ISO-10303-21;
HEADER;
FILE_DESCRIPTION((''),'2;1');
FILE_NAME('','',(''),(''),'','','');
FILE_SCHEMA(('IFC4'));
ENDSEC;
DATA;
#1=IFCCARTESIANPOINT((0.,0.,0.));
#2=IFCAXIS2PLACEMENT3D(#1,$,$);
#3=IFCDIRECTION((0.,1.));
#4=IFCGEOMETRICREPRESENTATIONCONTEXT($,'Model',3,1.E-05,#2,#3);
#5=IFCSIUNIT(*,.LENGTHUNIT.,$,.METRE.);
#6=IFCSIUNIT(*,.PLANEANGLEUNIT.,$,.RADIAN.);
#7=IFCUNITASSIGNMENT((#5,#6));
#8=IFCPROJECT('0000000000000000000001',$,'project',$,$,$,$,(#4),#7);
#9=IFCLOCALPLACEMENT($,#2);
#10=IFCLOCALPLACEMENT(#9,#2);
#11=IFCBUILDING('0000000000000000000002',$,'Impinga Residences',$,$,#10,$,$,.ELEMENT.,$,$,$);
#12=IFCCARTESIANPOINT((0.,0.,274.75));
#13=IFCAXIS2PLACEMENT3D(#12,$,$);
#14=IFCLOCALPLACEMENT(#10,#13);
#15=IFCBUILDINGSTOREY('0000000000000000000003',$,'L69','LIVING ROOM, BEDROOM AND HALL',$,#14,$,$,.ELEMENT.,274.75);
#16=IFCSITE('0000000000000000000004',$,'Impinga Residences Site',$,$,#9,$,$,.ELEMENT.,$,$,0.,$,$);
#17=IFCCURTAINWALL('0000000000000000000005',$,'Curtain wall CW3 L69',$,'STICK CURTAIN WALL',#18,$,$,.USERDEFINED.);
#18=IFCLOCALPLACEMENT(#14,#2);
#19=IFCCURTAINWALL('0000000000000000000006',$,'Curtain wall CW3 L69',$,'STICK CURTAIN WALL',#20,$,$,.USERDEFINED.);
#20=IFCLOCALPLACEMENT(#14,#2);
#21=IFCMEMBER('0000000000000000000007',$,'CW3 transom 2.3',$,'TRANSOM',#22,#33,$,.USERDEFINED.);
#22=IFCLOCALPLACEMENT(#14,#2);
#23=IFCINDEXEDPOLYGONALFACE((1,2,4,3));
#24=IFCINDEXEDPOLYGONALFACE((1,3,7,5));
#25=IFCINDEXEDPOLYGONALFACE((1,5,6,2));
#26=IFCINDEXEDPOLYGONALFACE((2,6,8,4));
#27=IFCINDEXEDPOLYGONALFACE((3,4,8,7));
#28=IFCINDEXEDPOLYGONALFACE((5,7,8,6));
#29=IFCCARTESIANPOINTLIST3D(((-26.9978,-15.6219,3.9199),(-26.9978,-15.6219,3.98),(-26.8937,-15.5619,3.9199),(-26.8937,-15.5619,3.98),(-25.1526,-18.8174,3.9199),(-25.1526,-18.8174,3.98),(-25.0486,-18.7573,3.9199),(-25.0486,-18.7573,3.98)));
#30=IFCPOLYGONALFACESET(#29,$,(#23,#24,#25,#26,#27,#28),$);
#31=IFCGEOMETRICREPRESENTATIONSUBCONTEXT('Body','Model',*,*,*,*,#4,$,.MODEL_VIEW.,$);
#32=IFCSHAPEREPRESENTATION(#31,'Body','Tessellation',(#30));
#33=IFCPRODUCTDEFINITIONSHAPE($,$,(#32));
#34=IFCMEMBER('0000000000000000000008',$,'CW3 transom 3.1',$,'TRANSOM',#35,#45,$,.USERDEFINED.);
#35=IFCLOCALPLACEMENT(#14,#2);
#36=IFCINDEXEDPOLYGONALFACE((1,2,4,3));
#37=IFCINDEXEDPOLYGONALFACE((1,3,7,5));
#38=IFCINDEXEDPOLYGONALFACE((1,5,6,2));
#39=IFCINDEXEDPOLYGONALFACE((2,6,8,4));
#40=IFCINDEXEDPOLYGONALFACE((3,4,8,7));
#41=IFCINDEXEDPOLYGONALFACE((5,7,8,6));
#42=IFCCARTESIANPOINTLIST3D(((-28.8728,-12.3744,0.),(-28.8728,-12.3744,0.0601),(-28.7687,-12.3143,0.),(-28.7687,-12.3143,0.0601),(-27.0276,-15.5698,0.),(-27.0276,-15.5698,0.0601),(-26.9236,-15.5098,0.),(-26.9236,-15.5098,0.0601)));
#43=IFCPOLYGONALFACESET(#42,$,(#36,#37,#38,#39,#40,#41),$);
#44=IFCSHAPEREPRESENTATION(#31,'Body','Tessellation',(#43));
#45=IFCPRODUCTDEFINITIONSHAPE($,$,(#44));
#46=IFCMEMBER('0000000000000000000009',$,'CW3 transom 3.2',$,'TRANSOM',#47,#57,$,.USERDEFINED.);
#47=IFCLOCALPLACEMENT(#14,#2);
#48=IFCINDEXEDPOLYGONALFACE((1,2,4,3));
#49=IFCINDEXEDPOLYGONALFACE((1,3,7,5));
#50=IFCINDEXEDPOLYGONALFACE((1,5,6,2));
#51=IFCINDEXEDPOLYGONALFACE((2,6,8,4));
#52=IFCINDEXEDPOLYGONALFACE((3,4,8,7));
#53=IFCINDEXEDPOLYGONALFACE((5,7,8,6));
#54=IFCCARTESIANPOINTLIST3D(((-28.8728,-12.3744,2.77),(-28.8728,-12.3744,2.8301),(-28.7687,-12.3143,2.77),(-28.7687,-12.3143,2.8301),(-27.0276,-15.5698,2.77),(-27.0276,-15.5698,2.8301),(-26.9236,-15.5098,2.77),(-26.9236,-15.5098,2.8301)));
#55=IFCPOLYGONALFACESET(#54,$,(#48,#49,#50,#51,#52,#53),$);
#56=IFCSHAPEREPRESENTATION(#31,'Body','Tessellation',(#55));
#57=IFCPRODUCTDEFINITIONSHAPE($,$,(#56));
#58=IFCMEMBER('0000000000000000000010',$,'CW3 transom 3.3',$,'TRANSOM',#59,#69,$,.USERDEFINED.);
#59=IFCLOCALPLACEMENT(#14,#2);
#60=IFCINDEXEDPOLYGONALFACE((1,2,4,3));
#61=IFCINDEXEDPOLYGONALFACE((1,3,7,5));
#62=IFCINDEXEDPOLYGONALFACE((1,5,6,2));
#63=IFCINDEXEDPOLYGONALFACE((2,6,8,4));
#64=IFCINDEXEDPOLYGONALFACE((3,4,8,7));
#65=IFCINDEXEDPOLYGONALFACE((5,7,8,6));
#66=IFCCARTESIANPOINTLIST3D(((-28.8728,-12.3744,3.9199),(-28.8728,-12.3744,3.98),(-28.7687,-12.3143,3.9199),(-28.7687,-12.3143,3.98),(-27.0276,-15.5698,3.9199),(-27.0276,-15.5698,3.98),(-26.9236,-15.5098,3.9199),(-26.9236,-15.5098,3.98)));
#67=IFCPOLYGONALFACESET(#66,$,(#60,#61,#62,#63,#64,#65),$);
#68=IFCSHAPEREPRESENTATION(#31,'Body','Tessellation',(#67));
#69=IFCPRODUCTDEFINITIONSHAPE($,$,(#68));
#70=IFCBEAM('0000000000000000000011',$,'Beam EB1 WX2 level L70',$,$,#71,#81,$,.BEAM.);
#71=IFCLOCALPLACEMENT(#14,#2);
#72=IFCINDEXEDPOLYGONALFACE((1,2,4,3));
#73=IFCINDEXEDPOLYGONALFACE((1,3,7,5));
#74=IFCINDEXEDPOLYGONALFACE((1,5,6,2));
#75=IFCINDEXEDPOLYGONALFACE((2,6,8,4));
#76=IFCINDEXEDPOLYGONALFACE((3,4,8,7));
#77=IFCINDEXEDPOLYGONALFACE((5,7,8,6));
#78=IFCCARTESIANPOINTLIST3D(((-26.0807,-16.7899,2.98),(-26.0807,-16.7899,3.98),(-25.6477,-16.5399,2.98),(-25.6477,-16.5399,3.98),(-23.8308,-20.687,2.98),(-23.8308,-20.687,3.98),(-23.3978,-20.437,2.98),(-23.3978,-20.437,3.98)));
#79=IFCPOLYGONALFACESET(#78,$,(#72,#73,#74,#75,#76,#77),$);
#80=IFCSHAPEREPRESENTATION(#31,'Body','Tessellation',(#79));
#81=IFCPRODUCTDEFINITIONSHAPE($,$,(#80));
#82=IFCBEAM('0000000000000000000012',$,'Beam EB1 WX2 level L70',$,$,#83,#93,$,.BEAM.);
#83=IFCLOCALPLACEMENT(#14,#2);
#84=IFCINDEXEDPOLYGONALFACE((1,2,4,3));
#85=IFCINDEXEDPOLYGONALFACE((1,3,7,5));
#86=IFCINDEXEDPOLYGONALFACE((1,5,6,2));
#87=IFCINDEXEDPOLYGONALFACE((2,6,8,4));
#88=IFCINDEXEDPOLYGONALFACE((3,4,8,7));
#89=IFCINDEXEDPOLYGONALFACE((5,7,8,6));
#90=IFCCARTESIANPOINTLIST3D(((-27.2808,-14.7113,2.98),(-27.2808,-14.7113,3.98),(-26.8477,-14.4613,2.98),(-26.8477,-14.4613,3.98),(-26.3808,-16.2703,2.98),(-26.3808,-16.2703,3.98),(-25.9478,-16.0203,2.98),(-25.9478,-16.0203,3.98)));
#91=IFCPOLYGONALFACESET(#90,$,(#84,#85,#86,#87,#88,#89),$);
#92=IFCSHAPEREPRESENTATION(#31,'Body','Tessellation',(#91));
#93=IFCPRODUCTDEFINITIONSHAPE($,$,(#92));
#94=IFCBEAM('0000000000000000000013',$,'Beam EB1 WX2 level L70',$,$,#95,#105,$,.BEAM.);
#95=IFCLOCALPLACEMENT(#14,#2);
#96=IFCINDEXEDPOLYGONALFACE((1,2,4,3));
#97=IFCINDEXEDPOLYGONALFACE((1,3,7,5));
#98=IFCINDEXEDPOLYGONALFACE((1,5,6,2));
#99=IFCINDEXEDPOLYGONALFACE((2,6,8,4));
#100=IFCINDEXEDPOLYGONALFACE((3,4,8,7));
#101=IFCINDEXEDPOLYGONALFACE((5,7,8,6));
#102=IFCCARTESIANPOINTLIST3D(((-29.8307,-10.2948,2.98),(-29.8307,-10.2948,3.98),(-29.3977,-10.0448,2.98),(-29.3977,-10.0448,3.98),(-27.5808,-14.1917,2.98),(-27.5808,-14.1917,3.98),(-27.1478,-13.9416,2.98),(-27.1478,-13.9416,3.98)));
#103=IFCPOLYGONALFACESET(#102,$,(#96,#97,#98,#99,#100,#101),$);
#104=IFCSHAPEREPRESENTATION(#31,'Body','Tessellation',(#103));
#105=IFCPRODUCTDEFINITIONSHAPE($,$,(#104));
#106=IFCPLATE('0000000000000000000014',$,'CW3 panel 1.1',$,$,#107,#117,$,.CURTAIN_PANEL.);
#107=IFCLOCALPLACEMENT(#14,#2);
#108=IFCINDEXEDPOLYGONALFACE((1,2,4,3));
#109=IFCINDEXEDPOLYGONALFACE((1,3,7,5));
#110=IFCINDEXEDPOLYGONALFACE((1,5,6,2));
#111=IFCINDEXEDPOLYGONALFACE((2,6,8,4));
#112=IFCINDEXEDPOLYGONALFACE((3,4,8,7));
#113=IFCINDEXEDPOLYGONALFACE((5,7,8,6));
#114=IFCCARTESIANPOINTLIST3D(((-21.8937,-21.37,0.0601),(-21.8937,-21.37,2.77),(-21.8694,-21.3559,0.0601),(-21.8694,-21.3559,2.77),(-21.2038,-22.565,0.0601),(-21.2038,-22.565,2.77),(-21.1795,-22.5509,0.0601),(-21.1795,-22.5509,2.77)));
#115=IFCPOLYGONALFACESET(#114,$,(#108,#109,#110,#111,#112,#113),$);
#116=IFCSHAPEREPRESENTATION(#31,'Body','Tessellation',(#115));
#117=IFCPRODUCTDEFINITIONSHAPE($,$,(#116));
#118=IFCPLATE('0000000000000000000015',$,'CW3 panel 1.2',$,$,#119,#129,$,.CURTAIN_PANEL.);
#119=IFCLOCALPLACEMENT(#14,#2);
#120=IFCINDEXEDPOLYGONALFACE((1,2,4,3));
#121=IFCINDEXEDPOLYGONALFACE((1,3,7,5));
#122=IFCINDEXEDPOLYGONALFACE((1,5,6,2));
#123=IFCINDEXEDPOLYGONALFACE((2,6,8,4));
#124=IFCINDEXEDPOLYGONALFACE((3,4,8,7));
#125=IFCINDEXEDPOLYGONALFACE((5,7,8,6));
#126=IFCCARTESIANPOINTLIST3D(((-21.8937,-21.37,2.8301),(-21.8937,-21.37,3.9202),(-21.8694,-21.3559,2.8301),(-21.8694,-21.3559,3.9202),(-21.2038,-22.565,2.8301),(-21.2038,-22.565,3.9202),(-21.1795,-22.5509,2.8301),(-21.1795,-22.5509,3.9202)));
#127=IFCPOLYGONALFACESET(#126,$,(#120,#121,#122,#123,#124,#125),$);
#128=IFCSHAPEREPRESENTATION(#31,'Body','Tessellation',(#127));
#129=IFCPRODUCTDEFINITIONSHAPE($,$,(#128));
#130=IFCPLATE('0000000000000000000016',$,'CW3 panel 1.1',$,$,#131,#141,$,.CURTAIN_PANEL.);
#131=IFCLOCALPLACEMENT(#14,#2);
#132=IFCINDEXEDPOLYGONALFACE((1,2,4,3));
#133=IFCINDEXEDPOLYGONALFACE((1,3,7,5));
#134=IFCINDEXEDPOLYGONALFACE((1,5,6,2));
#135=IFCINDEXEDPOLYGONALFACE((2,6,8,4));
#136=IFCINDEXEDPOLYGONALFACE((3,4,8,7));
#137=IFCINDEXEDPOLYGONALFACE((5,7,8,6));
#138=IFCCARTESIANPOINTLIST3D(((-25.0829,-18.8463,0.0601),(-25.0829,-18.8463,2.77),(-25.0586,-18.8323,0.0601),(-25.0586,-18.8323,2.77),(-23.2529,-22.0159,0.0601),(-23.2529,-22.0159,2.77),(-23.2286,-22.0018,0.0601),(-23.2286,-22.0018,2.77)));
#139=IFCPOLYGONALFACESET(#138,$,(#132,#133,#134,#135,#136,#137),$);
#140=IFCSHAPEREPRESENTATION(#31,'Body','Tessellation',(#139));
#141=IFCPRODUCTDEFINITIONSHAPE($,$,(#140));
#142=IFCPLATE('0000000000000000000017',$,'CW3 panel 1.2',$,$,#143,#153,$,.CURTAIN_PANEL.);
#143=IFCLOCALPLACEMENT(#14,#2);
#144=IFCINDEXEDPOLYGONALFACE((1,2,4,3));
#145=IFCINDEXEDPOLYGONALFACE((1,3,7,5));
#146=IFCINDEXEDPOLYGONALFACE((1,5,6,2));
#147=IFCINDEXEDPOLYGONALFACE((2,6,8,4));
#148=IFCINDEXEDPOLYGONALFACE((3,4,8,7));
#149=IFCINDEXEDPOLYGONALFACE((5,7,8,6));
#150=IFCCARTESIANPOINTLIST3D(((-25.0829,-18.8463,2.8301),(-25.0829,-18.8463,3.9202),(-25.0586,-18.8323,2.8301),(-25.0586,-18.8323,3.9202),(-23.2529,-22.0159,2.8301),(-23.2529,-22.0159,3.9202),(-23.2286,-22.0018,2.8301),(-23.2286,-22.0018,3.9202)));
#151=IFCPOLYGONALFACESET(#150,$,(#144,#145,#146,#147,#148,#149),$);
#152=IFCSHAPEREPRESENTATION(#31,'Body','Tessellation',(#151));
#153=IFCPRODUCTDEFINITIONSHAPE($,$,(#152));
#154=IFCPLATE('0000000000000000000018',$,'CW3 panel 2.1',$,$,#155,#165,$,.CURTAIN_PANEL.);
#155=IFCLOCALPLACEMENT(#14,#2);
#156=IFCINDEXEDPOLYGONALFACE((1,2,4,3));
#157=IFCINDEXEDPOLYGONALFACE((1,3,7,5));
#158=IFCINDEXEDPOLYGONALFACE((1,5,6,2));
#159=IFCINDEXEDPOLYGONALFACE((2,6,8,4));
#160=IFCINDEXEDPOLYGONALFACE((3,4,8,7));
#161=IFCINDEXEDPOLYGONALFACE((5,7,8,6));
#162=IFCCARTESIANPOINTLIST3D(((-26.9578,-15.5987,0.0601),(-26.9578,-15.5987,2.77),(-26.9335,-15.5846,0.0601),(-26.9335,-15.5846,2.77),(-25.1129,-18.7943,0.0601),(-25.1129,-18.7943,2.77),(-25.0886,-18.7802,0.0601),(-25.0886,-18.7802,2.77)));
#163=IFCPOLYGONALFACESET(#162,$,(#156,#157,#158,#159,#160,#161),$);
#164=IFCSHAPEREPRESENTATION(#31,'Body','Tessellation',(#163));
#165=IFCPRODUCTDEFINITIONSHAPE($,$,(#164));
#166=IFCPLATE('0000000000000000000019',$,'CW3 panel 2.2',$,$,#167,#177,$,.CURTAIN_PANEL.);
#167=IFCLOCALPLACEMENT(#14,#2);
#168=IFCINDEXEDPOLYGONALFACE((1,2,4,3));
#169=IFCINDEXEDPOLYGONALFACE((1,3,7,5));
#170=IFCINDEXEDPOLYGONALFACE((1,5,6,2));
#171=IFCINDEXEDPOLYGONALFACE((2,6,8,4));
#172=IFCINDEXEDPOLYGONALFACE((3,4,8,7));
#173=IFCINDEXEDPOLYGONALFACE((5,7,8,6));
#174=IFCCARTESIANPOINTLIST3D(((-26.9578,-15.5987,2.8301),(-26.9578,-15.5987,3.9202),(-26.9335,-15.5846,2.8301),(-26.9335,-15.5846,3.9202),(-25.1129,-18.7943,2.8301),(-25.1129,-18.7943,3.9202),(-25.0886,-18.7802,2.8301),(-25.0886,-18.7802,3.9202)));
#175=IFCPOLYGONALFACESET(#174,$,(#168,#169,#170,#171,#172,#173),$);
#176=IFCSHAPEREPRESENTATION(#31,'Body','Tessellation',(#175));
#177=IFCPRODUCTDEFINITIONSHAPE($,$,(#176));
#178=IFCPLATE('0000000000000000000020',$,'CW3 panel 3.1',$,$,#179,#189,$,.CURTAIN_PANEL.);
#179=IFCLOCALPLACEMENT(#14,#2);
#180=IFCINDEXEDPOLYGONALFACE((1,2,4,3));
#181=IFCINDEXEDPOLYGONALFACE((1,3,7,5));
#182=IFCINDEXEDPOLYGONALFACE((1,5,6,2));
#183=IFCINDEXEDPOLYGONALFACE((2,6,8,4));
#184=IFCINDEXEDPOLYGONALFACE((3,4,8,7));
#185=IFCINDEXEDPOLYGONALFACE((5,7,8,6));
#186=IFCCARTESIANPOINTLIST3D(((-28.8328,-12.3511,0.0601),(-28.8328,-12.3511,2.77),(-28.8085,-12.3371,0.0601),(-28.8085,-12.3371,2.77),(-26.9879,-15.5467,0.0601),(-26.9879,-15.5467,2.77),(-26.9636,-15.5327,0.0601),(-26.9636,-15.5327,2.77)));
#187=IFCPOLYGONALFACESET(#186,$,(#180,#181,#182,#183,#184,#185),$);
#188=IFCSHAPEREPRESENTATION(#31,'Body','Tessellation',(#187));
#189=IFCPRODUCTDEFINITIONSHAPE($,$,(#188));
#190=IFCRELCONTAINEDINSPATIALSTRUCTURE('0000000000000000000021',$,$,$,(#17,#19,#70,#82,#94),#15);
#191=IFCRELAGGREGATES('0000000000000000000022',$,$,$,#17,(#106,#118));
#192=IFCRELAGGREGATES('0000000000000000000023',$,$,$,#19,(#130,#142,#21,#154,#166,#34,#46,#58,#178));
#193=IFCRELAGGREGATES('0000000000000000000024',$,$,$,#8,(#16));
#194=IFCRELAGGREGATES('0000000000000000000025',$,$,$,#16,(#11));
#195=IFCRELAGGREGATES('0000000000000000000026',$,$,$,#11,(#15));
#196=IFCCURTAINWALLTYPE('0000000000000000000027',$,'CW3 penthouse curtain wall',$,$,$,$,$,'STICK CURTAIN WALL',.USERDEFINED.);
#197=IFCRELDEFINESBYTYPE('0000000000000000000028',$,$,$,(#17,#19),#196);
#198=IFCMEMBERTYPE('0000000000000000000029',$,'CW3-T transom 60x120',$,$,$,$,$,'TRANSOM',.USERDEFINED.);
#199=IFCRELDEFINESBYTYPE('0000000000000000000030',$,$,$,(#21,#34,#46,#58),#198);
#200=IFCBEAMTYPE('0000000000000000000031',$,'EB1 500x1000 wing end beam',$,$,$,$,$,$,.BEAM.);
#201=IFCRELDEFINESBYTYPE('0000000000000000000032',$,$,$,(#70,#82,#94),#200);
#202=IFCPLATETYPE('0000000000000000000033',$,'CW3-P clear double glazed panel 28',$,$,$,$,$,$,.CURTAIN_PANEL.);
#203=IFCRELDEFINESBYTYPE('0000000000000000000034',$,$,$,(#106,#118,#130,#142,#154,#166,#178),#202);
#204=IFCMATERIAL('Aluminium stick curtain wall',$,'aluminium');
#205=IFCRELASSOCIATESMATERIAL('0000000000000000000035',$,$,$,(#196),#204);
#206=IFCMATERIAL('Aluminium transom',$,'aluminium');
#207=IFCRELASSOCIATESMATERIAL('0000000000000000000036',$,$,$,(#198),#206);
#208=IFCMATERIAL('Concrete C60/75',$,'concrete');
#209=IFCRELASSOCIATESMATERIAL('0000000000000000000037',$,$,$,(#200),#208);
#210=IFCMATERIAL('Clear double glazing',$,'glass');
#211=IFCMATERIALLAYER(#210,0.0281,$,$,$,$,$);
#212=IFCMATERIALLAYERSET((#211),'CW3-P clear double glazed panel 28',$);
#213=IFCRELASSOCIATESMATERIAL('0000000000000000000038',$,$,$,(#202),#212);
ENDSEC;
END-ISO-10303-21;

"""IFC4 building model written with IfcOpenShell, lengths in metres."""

from ifc_helpers import new_model, si_unit, direction, frame, origin, origin_2d, place, context, subcontext, project, spatial, rectangle, extrude, material, layer, layer_set, material_profile, profile_set, type_object, element, aggregate, save


model = new_model("IFC4")

# Units and contexts
model_context = context("Model", 3, precision=1e-05, world=origin(), true_north=direction((0.0, 1.0)))
body_context = subcontext(model_context, "Body", "Model", "MODEL_VIEW")
ifc_project = project(units=[si_unit("LENGTHUNIT", "METRE"), si_unit("PLANEANGLEUNIT", "RADIAN")], contexts=[model_context])

# Site, building, storey
site_placement = place(None, origin())
site = spatial("IfcSite", under=ifc_project, at=site_placement, Name="Impinga Residences Site", CompositionType="ELEMENT", RefElevation=0.0)
building_placement = place(site_placement, origin())
building = spatial("IfcBuilding", under=site, at=building_placement, Name="Impinga Residences", CompositionType="ELEMENT")
storey_placement = place(building_placement, frame((0.0, 0.0, 274.75)))
storey = spatial("IfcBuildingStorey", under=building, at=storey_placement, Name="L69", Description="LIVING ROOM, BEDROOM AND HALL", CompositionType="ELEMENT", Elevation=274.75)

# Shared definitions
ifc_material_1 = material(Name="Concrete C60/75", Category="concrete")

# Curtain walls
ifc_material_2 = material(Name="Aluminium stick curtain wall", Category="aluminium")
curtain_wall_type = type_object("IfcCurtainWallType", Name="CW3 penthouse curtain wall", ElementType="STICK CURTAIN WALL", PredefinedType="USERDEFINED", material=ifc_material_2)
curtain_wall_1_placement = place(storey_placement, origin())
curtain_wall_1 = element("IfcCurtainWall", 1, at=curtain_wall_1_placement, inside=storey, type_object=curtain_wall_type, Name="Curtain wall CW3 L69", ObjectType="STICK CURTAIN WALL", PredefinedType="USERDEFINED")
curtain_wall_2_placement = place(storey_placement, origin())
curtain_wall_2 = element("IfcCurtainWall", 2, at=curtain_wall_2_placement, inside=storey, type_object=curtain_wall_type, Name="Curtain wall CW3 L69", ObjectType="STICK CURTAIN WALL", PredefinedType="USERDEFINED")

# Members
ifc_material_3 = material(Name="Aluminium transom", Category="aluminium")
ifc_material_profile_1 = material_profile(ifc_material_3, rectangle(XDim=0.0601, YDim=0.1201, at=origin_2d()), Name="60x120 transom")
ifc_profile_set_1 = profile_set([ifc_material_profile_1], Name="Aluminium transom")
member_type_1 = type_object("IfcMemberType", Name="CW3-T transom 60x120", ElementType="TRANSOM", PredefinedType="USERDEFINED", material=ifc_profile_set_1)
member_1_placement = place(storey_placement, frame((-25.1006, -18.7874, 3.95), z_axis=(-0.500053, 0.865995, 0.0), x_axis=(0.0, 0.0, 1.0)))
member_1 = element("IfcMember", 3, at=member_1_placement, type_object=member_type_1, Name="CW3 transom 2.3", ObjectType="TRANSOM", PredefinedType="USERDEFINED", context=body_context, shape_type="SweptSolid", body=[
    extrude(rectangle(XDim=0.0601, YDim=0.1201, at=origin_2d()), origin(), (0.0, 0.0, 1.0), 3.6899),
])
member_2_placement = place(storey_placement, frame((-26.9756, -15.5398, 0.03), z_axis=(-0.500053, 0.865995, 0.0), x_axis=(0.0, 0.0, 1.0)))
member_2 = element("IfcMember", 4, at=member_2_placement, type_object=member_type_1, Name="CW3 transom 3.1", ObjectType="TRANSOM", PredefinedType="USERDEFINED", context=body_context, shape_type="SweptSolid", body=[
    extrude(rectangle(XDim=0.0601, YDim=0.1201, at=origin_2d()), origin(), (0.0, 0.0, 1.0), 3.6899),
])
member_3_placement = place(storey_placement, frame((-26.9756, -15.5398, 2.8), z_axis=(-0.500053, 0.865995, 0.0), x_axis=(0.0, 0.0, 1.0)))
member_3 = element("IfcMember", 5, at=member_3_placement, type_object=member_type_1, Name="CW3 transom 3.2", ObjectType="TRANSOM", PredefinedType="USERDEFINED", context=body_context, shape_type="SweptSolid", body=[
    extrude(rectangle(XDim=0.0601, YDim=0.1201, at=origin_2d()), origin(), (0.0, 0.0, 1.0), 3.6899),
])
member_4_placement = place(storey_placement, frame((-26.9756, -15.5398, 3.95), z_axis=(-0.500053, 0.865995, 0.0), x_axis=(0.0, 0.0, 1.0)))
member_4 = element("IfcMember", 6, at=member_4_placement, type_object=member_type_1, Name="CW3 transom 3.3", ObjectType="TRANSOM", PredefinedType="USERDEFINED", context=body_context, shape_type="SweptSolid", body=[
    extrude(rectangle(XDim=0.0601, YDim=0.1201, at=origin_2d()), origin(), (0.0, 0.0, 1.0), 3.6899),
])

# Beams
ifc_material_profile_2 = material_profile(ifc_material_1, rectangle(XDim=0.5, YDim=1.0, at=origin_2d()), Name="RC 500x1000")
ifc_profile_set_2 = profile_set([ifc_material_profile_2], Name="Concrete C60/75")
beam_type_1 = type_object("IfcBeamType", Name="EB1 500x1000 wing end beam", PredefinedType="BEAM", material=ifc_profile_set_2)
beam_1_placement = place(storey_placement, frame((-23.6143, -20.562, 3.48), z_axis=(-0.49999, 0.866031, 0.0), x_axis=(-0.866031, -0.49999, 0.0)))
element("IfcBeam", 7, at=beam_1_placement, inside=storey, type_object=beam_type_1, Name="Beam EB1 WX2 level L70", PredefinedType="BEAM", context=body_context, shape_type="SweptSolid", body=[
    extrude(rectangle(XDim=0.5, YDim=1.0, at=origin_2d()), origin(), (0.0, 0.0, 1.0), 4.5),
])
beam_2_placement = place(storey_placement, frame((-26.1643, -16.1453, 3.48), z_axis=(-0.499961, 0.866048, 0.0), x_axis=(-0.866048, -0.499961, 0.0)))
element("IfcBeam", 8, at=beam_2_placement, inside=storey, type_object=beam_type_1, Name="Beam EB1 WX2 level L70", PredefinedType="BEAM", context=body_context, shape_type="SweptSolid", body=[
    extrude(rectangle(XDim=0.5, YDim=1.0, at=origin_2d()), origin(), (0.0, 0.0, 1.0), 1.8),
])
beam_3_placement = place(storey_placement, frame((-27.3643, -14.0667, 3.48), z_axis=(-0.500014, 0.866018, 0.0), x_axis=(-0.866018, -0.500014, 0.0)))
element("IfcBeam", 9, at=beam_3_placement, inside=storey, type_object=beam_type_1, Name="Beam EB1 WX2 level L70", PredefinedType="BEAM", context=body_context, shape_type="SweptSolid", body=[
    extrude(rectangle(XDim=0.5, YDim=1.0, at=origin_2d()), origin(), (0.0, 0.0, 1.0), 4.4998),
])

# Plates
ifc_material_4 = material(Name="Clear double glazing", Category="glass")
ifc_layer_1 = layer(ifc_material_4, 0.0281)
ifc_layer_set_1 = layer_set([ifc_layer_1], Name="CW3-P clear double glazed panel 28")
plate_type = type_object("IfcPlateType", Name="CW3-P clear double glazed panel 28", PredefinedType="CURTAIN_PANEL", material=ifc_layer_set_1)
plate_1_placement = place(storey_placement, frame((-21.5366, -21.9604, 0.0601), z_axis=(0.0, 0.0, 1.0), x_axis=(-0.5, 0.866025, 0.0)))
plate_1 = element("IfcPlate", 10, at=plate_1_placement, type_object=plate_type, Name="CW3 panel 1.1", PredefinedType="CURTAIN_PANEL", context=body_context, shape_type="SweptSolid", body=[
    extrude(rectangle(XDim=1.3799, YDim=0.0281, at=origin_2d()), origin(), (0.0, 0.0, 1.0), 2.71),
])
plate_2_placement = place(storey_placement, frame((-21.5366, -21.9604, 2.8301), z_axis=(0.0, 0.0, 1.0), x_axis=(-0.5, 0.866025, 0.0)))
plate_2 = element("IfcPlate", 11, at=plate_2_placement, type_object=plate_type, Name="CW3 panel 1.2", PredefinedType="CURTAIN_PANEL", context=body_context, shape_type="SweptSolid", body=[
    extrude(rectangle(XDim=1.3799, YDim=0.0281, at=origin_2d()), origin(), (0.0, 0.0, 1.0), 1.0901),
])
aggregate(curtain_wall_1, [plate_1, plate_2])
plate_3_placement = place(storey_placement, frame((-24.1558, -20.4241, 0.0601), z_axis=(0.0, 0.0, 1.0), x_axis=(-0.5, 0.866025, 0.0)))
plate_3 = element("IfcPlate", 12, at=plate_3_placement, type_object=plate_type, Name="CW3 panel 1.1", PredefinedType="CURTAIN_PANEL", context=body_context, shape_type="SweptSolid", body=[
    extrude(rectangle(XDim=3.6599, YDim=0.0281, at=origin_2d()), origin(), (0.0, 0.0, 1.0), 2.71),
])
plate_4_placement = place(storey_placement, frame((-24.1558, -20.4241, 2.8301), z_axis=(0.0, 0.0, 1.0), x_axis=(-0.5, 0.866025, 0.0)))
plate_4 = element("IfcPlate", 13, at=plate_4_placement, type_object=plate_type, Name="CW3 panel 1.2", PredefinedType="CURTAIN_PANEL", context=body_context, shape_type="SweptSolid", body=[
    extrude(rectangle(XDim=3.6599, YDim=0.0281, at=origin_2d()), origin(), (0.0, 0.0, 1.0), 1.0901),
])
plate_5_placement = place(storey_placement, frame((-26.0232, -17.1895, 0.0601), z_axis=(0.0, 0.0, 1.0), x_axis=(-0.5, 0.866025, 0.0)))
plate_5 = element("IfcPlate", 14, at=plate_5_placement, type_object=plate_type, Name="CW3 panel 2.1", PredefinedType="CURTAIN_PANEL", context=body_context, shape_type="SweptSolid", body=[
    extrude(rectangle(XDim=3.6899, YDim=0.0281, at=origin_2d()), origin(), (0.0, 0.0, 1.0), 2.71),
])
plate_6_placement = place(storey_placement, frame((-26.0232, -17.1895, 2.8301), z_axis=(0.0, 0.0, 1.0), x_axis=(-0.5, 0.866025, 0.0)))
plate_6 = element("IfcPlate", 15, at=plate_6_placement, type_object=plate_type, Name="CW3 panel 2.2", PredefinedType="CURTAIN_PANEL", context=body_context, shape_type="SweptSolid", body=[
    extrude(rectangle(XDim=3.6899, YDim=0.0281, at=origin_2d()), origin(), (0.0, 0.0, 1.0), 1.0901),
])
plate_7_placement = place(storey_placement, frame((-27.8982, -13.9419, 0.0601), z_axis=(0.0, 0.0, 1.0), x_axis=(-0.5, 0.866025, 0.0)))
plate_7 = element("IfcPlate", 16, at=plate_7_placement, type_object=plate_type, Name="CW3 panel 3.1", PredefinedType="CURTAIN_PANEL", context=body_context, shape_type="SweptSolid", body=[
    extrude(rectangle(XDim=3.6899, YDim=0.0281, at=origin_2d()), origin(), (0.0, 0.0, 1.0), 2.71),
])
aggregate(curtain_wall_2, [plate_3, plate_4, member_1, plate_5, plate_6, member_2, member_3, member_4, plate_7])

save(model, "model.ifc")
